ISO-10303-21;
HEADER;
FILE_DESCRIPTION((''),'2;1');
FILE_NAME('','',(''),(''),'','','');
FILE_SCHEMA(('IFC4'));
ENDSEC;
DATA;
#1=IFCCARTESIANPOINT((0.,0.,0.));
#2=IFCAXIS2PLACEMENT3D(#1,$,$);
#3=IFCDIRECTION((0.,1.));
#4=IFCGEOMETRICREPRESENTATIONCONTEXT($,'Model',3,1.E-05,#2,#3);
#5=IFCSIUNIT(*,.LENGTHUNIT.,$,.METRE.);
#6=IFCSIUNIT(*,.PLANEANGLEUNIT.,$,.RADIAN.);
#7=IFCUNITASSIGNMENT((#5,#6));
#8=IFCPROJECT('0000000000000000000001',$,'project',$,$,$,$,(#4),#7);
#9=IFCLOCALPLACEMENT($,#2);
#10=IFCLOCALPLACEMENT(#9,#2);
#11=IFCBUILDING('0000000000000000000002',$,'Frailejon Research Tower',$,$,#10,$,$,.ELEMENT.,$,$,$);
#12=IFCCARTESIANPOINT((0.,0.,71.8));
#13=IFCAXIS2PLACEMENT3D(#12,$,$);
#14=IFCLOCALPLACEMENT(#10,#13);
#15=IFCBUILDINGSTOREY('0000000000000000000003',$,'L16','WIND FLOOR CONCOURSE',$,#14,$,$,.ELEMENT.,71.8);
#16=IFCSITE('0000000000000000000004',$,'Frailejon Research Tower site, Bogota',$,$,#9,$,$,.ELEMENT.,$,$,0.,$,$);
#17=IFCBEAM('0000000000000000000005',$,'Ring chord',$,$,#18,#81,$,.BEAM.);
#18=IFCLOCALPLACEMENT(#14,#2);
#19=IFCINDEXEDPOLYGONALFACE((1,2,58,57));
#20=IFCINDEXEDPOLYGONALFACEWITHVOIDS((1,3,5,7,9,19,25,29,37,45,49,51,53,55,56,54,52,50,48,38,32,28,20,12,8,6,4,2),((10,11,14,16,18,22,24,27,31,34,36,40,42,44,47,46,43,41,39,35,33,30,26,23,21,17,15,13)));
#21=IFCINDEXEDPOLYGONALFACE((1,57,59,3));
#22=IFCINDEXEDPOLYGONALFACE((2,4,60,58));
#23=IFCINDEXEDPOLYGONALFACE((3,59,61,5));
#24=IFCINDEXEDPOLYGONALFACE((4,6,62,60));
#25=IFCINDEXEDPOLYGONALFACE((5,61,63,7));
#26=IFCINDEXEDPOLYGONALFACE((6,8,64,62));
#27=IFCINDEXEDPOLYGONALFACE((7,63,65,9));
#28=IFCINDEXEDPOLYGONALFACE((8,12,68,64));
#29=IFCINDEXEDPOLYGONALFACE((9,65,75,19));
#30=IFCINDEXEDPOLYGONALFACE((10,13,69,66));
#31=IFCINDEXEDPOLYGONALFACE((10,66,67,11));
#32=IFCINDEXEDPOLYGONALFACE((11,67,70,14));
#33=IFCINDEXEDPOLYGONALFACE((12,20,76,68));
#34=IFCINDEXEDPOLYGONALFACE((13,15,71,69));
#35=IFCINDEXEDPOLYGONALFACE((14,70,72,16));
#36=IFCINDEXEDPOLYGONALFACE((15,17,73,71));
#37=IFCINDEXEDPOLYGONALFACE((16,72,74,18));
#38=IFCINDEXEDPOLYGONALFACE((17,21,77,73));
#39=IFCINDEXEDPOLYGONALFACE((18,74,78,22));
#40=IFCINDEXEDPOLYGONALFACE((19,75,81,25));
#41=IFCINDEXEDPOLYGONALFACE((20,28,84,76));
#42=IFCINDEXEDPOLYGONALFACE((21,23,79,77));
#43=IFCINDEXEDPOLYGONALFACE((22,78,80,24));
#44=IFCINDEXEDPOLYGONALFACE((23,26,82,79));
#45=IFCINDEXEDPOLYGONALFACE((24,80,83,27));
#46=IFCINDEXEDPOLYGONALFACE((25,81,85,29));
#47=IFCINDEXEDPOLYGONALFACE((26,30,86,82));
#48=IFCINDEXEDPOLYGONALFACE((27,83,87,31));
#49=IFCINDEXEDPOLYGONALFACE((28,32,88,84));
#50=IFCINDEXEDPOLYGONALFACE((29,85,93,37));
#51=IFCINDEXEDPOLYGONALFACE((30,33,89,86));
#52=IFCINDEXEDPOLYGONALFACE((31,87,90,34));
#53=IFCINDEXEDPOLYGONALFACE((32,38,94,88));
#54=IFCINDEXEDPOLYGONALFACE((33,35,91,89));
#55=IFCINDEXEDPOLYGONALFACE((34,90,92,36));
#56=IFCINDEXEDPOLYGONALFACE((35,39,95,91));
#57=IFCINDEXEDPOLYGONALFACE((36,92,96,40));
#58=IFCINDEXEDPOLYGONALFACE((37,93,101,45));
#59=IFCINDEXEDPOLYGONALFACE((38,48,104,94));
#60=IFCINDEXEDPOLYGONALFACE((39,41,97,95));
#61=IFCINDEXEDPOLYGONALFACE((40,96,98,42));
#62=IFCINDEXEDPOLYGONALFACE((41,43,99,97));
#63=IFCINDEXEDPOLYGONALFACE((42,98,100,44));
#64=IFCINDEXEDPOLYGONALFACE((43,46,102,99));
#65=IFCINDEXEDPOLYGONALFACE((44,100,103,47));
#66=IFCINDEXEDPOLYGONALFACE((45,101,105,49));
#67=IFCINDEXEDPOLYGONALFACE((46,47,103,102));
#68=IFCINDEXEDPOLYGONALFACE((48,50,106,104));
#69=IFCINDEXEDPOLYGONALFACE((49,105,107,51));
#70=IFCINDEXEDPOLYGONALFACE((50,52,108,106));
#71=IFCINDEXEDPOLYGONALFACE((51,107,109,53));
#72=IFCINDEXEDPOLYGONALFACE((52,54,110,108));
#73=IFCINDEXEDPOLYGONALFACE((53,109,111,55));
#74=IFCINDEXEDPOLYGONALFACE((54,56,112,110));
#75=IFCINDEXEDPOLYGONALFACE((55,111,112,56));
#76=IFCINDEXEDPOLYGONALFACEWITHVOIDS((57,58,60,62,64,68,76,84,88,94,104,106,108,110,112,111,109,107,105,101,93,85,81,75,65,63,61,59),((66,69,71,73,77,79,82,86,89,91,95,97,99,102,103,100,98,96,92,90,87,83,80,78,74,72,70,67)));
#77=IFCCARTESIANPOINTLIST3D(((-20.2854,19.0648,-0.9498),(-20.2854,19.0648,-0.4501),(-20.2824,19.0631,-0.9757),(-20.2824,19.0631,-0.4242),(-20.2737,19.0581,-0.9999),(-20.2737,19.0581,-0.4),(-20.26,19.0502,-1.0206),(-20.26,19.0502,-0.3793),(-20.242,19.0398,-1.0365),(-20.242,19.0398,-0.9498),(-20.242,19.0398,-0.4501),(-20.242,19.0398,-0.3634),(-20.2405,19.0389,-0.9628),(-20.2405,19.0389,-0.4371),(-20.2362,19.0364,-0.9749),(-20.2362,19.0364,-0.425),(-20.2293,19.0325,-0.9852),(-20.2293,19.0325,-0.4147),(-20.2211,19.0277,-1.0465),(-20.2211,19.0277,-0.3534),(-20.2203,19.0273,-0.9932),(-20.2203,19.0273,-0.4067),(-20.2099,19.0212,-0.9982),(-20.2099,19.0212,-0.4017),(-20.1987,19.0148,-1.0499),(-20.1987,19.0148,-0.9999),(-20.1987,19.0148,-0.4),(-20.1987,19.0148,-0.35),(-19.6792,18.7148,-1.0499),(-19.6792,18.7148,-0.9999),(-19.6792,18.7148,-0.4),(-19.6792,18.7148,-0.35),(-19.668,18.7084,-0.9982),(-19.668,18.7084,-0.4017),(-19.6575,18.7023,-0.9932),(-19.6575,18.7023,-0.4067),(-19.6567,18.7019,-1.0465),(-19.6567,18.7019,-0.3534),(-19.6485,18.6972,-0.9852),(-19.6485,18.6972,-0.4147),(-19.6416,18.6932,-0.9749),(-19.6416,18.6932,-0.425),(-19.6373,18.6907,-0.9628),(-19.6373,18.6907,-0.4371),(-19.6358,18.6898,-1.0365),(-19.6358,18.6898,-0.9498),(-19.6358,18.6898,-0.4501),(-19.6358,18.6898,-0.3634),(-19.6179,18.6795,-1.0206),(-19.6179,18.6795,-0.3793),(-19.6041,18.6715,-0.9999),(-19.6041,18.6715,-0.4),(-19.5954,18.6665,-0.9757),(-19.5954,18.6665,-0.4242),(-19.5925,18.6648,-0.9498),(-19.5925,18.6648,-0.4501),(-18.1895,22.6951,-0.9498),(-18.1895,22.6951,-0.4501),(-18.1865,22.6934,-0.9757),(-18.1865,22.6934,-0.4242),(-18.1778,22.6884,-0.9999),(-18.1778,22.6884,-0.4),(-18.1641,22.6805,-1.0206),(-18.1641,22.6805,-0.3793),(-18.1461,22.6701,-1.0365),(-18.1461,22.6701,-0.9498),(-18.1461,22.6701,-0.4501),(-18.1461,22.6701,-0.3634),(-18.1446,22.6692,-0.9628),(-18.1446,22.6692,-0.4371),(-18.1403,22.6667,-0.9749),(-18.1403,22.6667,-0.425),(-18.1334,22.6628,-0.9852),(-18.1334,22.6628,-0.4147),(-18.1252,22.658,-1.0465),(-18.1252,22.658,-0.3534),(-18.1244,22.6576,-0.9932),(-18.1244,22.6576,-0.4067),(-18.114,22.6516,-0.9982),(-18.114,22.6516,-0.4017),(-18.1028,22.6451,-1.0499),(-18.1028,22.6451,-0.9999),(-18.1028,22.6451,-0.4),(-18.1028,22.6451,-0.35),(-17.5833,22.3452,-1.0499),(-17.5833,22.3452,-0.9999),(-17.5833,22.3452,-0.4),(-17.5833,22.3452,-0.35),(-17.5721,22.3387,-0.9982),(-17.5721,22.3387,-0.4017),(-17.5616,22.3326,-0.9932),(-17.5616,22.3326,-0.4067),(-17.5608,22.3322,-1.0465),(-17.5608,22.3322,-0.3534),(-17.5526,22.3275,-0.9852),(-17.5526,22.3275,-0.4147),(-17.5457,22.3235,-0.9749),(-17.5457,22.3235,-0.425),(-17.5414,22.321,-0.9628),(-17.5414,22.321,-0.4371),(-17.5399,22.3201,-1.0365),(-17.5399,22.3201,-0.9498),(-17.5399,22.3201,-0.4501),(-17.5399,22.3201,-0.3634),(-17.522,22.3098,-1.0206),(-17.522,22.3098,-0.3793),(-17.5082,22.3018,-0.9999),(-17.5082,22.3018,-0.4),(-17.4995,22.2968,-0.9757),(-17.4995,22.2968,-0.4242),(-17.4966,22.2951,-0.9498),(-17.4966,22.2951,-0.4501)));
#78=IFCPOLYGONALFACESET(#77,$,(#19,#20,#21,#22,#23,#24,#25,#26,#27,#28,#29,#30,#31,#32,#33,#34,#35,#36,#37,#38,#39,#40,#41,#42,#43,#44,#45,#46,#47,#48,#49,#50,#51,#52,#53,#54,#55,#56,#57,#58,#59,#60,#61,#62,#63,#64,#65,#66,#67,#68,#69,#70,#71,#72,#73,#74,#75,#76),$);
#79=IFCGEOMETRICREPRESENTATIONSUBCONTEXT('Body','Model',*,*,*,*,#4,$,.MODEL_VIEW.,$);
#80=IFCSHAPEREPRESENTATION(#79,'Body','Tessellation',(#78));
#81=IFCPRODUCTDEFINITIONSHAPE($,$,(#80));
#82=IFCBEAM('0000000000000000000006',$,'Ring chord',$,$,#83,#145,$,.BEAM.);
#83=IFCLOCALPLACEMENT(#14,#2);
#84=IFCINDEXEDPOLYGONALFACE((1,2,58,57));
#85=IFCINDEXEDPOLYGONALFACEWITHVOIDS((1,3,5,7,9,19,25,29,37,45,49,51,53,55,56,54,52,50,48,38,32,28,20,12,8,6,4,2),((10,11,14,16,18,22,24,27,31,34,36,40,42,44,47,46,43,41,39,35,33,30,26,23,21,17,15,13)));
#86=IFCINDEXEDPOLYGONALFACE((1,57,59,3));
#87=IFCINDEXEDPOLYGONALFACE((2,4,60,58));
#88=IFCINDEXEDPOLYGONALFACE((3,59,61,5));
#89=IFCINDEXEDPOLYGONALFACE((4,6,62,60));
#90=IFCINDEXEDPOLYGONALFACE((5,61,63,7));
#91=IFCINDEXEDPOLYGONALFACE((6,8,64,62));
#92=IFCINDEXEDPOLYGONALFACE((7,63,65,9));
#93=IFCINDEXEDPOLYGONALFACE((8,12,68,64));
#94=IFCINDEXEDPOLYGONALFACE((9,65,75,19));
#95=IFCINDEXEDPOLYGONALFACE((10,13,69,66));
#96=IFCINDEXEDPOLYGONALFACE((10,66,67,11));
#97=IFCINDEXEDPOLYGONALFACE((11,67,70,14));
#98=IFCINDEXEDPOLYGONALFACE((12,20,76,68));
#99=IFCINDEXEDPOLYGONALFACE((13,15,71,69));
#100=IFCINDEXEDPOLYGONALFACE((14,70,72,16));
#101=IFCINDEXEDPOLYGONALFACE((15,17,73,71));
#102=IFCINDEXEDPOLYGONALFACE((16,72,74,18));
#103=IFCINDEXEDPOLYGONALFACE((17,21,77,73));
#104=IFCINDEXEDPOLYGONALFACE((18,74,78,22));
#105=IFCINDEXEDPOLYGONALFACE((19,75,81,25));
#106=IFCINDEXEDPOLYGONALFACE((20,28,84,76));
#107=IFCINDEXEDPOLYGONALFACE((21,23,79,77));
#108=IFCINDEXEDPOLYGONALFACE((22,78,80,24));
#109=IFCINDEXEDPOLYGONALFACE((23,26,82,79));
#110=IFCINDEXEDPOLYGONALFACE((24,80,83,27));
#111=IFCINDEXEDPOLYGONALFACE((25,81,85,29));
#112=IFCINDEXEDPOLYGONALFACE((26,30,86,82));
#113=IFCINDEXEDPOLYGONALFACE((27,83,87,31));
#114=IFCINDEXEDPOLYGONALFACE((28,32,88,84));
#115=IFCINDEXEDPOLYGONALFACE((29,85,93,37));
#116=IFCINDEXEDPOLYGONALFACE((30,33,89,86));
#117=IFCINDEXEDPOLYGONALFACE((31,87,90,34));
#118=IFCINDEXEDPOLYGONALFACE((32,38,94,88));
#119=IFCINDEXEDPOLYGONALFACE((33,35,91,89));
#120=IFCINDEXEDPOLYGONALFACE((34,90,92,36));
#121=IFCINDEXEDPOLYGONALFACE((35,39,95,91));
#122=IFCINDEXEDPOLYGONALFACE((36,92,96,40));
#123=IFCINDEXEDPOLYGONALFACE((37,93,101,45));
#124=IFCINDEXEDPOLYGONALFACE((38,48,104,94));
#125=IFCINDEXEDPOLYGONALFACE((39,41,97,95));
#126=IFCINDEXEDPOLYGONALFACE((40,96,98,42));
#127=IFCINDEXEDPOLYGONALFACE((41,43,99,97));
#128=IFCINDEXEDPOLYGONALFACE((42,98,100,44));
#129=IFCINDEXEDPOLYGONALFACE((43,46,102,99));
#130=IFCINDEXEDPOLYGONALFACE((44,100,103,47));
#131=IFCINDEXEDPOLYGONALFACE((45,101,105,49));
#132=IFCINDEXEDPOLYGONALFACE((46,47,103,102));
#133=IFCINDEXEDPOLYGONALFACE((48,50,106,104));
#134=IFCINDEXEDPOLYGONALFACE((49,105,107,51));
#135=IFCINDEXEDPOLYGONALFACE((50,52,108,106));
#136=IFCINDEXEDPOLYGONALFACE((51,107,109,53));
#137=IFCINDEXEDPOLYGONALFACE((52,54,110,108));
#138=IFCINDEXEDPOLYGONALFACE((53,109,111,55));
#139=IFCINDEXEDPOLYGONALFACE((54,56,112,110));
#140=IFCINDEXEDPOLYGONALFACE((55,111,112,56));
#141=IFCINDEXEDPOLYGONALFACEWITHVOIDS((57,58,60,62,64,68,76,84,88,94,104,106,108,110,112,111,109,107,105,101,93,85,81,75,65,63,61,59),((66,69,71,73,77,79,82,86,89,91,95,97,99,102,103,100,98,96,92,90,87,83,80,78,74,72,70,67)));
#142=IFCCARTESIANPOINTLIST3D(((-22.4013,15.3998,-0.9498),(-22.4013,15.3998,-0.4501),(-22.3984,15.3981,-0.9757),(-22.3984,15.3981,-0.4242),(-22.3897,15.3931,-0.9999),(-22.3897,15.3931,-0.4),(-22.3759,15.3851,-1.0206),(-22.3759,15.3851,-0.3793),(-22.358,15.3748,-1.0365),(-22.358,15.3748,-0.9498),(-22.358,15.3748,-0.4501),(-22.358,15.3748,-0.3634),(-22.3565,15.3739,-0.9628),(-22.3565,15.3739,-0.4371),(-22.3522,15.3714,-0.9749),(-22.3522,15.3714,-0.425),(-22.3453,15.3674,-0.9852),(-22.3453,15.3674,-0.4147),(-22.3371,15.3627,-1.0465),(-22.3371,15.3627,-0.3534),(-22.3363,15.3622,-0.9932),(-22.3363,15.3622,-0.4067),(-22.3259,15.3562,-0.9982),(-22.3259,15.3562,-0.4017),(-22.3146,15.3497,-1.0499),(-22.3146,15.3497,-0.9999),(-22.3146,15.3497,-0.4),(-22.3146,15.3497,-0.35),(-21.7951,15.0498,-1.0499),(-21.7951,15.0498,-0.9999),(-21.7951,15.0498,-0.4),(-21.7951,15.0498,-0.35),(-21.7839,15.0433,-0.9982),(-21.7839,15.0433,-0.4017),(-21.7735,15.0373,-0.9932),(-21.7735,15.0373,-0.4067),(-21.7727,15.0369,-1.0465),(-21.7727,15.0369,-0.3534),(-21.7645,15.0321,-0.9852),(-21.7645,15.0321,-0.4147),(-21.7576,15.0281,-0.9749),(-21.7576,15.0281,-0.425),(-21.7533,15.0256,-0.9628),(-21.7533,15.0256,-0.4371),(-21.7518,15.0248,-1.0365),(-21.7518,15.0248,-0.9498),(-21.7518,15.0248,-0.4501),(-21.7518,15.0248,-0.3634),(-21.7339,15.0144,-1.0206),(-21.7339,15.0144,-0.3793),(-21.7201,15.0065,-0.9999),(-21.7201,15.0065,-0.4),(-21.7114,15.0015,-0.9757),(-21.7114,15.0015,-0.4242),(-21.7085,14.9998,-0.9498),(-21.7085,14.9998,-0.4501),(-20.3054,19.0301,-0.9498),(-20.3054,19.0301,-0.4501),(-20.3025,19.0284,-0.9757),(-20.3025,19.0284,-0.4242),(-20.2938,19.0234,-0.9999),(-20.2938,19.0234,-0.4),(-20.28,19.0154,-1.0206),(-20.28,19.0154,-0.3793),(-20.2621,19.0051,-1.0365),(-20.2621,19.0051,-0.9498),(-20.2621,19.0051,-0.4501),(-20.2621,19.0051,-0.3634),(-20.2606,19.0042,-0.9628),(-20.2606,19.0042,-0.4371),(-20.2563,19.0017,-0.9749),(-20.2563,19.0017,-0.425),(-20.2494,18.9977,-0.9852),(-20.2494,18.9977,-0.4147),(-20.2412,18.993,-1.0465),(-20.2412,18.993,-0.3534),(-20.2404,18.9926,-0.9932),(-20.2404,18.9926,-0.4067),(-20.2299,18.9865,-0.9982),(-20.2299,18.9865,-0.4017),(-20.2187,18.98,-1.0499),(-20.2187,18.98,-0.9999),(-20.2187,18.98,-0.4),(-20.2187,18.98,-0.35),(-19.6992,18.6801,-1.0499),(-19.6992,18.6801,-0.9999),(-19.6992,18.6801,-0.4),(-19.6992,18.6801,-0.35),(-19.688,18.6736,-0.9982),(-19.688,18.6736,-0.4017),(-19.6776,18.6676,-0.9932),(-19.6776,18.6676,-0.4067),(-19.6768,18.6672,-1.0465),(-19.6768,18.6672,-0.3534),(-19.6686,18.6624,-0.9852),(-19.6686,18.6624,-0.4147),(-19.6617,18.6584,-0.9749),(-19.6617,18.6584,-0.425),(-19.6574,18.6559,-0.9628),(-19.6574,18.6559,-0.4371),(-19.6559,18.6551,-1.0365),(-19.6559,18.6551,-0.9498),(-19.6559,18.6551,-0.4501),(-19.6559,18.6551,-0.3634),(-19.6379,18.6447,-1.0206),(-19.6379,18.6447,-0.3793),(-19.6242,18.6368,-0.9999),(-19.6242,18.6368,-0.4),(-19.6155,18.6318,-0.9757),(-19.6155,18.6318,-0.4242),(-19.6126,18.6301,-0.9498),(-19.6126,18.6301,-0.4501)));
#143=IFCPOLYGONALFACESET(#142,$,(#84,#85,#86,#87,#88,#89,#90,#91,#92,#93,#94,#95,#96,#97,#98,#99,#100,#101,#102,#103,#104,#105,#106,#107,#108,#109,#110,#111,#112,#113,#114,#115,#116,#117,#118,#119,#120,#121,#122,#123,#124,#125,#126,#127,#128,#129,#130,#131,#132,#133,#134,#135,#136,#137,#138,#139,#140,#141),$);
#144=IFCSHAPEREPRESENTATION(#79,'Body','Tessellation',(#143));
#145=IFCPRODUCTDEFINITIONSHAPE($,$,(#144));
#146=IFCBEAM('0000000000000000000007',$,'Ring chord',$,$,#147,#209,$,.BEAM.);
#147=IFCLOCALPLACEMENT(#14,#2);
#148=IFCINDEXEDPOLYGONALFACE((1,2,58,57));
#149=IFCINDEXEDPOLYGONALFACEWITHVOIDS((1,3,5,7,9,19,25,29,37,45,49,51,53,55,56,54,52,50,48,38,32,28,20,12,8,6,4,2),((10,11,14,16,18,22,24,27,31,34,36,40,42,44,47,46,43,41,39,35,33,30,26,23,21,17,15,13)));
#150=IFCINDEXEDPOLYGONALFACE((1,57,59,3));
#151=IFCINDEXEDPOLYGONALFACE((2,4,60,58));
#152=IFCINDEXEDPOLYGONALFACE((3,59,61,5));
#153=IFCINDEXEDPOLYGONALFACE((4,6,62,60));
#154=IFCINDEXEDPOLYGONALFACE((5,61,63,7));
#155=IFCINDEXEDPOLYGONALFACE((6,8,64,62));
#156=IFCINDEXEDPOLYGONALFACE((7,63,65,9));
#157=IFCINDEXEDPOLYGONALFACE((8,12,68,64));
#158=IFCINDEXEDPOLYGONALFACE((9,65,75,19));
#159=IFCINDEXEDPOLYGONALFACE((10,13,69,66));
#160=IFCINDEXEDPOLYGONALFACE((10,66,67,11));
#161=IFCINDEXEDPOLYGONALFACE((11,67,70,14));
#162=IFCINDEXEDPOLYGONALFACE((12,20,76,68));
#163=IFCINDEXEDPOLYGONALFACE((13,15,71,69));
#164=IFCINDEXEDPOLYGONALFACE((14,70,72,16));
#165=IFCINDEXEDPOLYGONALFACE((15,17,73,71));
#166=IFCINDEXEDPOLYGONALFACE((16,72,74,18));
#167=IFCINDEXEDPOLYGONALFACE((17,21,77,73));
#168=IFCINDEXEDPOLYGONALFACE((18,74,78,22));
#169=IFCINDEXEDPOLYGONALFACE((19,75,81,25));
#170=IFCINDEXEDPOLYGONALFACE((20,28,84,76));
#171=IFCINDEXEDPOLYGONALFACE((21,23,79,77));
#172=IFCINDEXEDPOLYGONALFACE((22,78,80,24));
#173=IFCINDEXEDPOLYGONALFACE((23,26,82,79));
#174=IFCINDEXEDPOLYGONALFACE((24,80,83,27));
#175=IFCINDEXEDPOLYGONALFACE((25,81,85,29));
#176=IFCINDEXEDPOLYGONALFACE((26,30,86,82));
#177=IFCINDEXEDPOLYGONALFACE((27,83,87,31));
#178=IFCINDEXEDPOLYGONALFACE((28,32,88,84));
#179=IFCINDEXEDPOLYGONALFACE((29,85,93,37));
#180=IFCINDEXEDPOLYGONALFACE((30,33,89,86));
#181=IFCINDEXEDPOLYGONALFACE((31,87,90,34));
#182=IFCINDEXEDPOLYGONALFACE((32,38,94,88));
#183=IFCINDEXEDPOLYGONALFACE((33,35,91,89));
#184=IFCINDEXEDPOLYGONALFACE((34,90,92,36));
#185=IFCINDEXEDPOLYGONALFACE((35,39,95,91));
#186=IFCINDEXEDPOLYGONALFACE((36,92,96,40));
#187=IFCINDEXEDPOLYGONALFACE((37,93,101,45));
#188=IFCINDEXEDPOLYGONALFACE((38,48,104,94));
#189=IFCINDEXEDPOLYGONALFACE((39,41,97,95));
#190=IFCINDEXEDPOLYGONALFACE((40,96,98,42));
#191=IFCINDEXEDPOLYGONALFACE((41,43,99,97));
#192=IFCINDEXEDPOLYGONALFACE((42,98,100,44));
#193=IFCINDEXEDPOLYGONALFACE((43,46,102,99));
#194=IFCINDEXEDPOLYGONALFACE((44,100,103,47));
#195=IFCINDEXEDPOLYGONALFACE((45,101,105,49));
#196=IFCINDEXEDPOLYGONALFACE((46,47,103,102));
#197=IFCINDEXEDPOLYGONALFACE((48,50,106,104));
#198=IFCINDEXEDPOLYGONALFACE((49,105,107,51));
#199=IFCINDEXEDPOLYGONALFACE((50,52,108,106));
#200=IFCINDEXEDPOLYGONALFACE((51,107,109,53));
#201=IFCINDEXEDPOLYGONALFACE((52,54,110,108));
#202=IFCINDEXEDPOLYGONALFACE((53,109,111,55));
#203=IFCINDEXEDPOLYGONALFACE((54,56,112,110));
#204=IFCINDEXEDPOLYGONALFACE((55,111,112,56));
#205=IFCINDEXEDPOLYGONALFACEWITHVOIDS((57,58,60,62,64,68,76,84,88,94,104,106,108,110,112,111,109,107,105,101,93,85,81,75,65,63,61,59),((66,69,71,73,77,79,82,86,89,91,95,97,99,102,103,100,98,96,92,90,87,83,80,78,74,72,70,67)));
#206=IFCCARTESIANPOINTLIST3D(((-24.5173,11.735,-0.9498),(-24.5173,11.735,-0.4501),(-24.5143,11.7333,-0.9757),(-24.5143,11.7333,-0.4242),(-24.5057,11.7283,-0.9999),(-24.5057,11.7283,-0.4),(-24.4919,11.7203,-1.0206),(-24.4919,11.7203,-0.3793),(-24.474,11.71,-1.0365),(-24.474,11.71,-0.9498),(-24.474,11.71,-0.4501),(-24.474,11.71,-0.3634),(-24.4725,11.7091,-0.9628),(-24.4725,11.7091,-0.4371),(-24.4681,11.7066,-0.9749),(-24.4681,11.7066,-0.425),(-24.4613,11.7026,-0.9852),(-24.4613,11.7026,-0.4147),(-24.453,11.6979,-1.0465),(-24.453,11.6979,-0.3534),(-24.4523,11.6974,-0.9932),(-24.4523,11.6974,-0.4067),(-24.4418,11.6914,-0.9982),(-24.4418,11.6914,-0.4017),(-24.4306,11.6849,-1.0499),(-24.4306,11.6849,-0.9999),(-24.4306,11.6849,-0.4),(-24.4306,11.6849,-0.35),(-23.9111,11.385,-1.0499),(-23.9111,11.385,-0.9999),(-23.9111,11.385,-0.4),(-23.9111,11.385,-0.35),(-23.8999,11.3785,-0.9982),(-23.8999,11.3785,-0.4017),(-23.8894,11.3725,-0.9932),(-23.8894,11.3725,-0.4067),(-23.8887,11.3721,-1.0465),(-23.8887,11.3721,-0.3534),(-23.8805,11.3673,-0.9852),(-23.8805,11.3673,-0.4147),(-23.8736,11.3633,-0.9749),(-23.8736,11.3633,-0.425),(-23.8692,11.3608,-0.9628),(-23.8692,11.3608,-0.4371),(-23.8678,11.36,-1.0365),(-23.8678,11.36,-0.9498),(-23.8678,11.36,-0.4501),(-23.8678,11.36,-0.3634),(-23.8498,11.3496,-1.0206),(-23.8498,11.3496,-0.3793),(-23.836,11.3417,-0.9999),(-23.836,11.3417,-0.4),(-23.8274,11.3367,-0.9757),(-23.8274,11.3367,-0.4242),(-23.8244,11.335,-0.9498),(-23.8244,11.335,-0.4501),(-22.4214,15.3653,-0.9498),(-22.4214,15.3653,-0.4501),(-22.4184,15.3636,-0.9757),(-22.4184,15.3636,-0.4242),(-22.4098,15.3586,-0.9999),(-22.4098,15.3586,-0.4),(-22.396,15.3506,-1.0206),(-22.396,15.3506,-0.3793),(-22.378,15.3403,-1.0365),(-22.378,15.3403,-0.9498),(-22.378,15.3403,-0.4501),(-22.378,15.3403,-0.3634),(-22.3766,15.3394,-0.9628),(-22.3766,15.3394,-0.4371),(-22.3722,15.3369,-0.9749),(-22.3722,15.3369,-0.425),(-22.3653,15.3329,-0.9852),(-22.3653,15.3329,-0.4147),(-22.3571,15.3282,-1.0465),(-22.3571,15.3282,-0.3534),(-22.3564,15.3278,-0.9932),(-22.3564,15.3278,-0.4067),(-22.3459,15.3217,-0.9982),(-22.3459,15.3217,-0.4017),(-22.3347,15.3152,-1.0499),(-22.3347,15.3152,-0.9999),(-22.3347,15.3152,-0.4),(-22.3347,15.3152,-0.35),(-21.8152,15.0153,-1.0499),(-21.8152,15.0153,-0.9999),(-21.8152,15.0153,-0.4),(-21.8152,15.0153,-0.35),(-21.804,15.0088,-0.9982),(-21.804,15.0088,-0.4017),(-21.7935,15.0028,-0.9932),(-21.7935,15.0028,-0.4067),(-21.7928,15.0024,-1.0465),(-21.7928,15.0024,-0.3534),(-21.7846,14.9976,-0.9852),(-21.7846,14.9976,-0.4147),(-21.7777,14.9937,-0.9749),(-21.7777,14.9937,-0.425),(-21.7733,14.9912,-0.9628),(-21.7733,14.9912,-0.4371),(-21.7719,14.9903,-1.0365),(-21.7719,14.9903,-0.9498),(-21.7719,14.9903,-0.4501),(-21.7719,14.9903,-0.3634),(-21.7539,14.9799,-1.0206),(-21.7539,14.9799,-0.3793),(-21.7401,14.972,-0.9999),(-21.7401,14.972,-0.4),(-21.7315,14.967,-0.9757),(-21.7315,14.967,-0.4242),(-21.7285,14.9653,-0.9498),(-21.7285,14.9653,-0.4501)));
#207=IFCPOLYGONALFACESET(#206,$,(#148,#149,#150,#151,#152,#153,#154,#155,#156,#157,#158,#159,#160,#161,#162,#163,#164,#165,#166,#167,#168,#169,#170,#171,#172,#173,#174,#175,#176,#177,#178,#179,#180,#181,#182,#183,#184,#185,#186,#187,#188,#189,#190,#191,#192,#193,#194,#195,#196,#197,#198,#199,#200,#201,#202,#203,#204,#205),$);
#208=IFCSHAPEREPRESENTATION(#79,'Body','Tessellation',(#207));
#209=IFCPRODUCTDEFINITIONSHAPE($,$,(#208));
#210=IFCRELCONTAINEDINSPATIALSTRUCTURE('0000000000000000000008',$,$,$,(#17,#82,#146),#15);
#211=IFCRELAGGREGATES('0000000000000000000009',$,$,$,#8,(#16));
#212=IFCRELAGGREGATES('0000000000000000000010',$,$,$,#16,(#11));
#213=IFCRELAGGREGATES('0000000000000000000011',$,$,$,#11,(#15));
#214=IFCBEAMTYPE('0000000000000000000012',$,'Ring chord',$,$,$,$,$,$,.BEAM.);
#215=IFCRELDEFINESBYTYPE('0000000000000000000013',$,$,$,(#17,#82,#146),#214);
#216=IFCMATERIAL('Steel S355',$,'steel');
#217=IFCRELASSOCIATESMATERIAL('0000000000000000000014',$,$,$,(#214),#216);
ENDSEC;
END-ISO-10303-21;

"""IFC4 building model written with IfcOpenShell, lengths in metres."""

from ifc_helpers import new_model, si_unit, direction, frame, origin, origin_2d, place, context, subcontext, project, spatial, hollow_rectangle, extrude, material, material_profile, profile_set, type_object, element, save


model = new_model("IFC4")

# Units and contexts
model_context = context("Model", 3, precision=1e-05, world=origin(), true_north=direction((0.0, 1.0)))
body_context = subcontext(model_context, "Body", "Model", "MODEL_VIEW")
ifc_project = project(units=[si_unit("LENGTHUNIT", "METRE"), si_unit("PLANEANGLEUNIT", "RADIAN")], contexts=[model_context])

# Site, building, storey
site_placement = place(None, origin())
site = spatial("IfcSite", under=ifc_project, at=site_placement, Name="Frailejon Research Tower site, Bogota", CompositionType="ELEMENT", RefElevation=0.0)
building_placement = place(site_placement, origin())
building = spatial("IfcBuilding", under=site, at=building_placement, Name="Frailejon Research Tower", CompositionType="ELEMENT")
storey_placement = place(building_placement, frame((0.0, 0.0, 71.8)))
storey = spatial("IfcBuildingStorey", under=building, at=storey_placement, Name="L16", Description="WIND FLOOR CONCOURSE", CompositionType="ELEMENT", Elevation=71.8)

# Beams
ifc_material_1 = material(Name="Steel S355", Category="steel")
ifc_material_profile_1 = material_profile(ifc_material_1, hollow_rectangle(XDim=0.8, YDim=0.7, WallThickness=0.05, InnerFilletRadius=0.05, OuterFilletRadius=0.1001, at=origin_2d()), Name="Ring chord")
ifc_profile_set_1 = profile_set([ifc_material_profile_1], Name="Steel S355")
beam_type_1 = type_object("IfcBeamType", Name="Ring chord", PredefinedType="BEAM", material=ifc_profile_set_1)
for number, where, z_axis, x_axis, name in (
    (1, (-17.843, 22.4951, -0.7), (-0.499991, -0.86603, 0.0), (0.86603, -0.499991, 0.0), "Ring chord"),
    (2, (-19.959, 18.8301, -0.7), (-0.499991, -0.86603, 0.0), (0.86603, -0.499991, 0.0), "Ring chord"),
    (3, (-22.075, 15.1653, -0.7), (-0.499991, -0.86603, 0.0), (0.86603, -0.499991, 0.0), "Ring chord"),
):
    element("IfcBeam", number, at=place(storey_placement, frame(where, z_axis=z_axis, x_axis=x_axis)), inside=storey, type_object=beam_type_1, Name=name, PredefinedType="BEAM", context=body_context, shape_type="SweptSolid", body=[
        extrude(hollow_rectangle(XDim=0.8, YDim=0.7, WallThickness=0.05, InnerFilletRadius=0.05, OuterFilletRadius=0.1001, at=origin_2d()), origin(), (0.0, 0.0, 1.0), 4.1919),
    ])

save(model, "model.ifc")
